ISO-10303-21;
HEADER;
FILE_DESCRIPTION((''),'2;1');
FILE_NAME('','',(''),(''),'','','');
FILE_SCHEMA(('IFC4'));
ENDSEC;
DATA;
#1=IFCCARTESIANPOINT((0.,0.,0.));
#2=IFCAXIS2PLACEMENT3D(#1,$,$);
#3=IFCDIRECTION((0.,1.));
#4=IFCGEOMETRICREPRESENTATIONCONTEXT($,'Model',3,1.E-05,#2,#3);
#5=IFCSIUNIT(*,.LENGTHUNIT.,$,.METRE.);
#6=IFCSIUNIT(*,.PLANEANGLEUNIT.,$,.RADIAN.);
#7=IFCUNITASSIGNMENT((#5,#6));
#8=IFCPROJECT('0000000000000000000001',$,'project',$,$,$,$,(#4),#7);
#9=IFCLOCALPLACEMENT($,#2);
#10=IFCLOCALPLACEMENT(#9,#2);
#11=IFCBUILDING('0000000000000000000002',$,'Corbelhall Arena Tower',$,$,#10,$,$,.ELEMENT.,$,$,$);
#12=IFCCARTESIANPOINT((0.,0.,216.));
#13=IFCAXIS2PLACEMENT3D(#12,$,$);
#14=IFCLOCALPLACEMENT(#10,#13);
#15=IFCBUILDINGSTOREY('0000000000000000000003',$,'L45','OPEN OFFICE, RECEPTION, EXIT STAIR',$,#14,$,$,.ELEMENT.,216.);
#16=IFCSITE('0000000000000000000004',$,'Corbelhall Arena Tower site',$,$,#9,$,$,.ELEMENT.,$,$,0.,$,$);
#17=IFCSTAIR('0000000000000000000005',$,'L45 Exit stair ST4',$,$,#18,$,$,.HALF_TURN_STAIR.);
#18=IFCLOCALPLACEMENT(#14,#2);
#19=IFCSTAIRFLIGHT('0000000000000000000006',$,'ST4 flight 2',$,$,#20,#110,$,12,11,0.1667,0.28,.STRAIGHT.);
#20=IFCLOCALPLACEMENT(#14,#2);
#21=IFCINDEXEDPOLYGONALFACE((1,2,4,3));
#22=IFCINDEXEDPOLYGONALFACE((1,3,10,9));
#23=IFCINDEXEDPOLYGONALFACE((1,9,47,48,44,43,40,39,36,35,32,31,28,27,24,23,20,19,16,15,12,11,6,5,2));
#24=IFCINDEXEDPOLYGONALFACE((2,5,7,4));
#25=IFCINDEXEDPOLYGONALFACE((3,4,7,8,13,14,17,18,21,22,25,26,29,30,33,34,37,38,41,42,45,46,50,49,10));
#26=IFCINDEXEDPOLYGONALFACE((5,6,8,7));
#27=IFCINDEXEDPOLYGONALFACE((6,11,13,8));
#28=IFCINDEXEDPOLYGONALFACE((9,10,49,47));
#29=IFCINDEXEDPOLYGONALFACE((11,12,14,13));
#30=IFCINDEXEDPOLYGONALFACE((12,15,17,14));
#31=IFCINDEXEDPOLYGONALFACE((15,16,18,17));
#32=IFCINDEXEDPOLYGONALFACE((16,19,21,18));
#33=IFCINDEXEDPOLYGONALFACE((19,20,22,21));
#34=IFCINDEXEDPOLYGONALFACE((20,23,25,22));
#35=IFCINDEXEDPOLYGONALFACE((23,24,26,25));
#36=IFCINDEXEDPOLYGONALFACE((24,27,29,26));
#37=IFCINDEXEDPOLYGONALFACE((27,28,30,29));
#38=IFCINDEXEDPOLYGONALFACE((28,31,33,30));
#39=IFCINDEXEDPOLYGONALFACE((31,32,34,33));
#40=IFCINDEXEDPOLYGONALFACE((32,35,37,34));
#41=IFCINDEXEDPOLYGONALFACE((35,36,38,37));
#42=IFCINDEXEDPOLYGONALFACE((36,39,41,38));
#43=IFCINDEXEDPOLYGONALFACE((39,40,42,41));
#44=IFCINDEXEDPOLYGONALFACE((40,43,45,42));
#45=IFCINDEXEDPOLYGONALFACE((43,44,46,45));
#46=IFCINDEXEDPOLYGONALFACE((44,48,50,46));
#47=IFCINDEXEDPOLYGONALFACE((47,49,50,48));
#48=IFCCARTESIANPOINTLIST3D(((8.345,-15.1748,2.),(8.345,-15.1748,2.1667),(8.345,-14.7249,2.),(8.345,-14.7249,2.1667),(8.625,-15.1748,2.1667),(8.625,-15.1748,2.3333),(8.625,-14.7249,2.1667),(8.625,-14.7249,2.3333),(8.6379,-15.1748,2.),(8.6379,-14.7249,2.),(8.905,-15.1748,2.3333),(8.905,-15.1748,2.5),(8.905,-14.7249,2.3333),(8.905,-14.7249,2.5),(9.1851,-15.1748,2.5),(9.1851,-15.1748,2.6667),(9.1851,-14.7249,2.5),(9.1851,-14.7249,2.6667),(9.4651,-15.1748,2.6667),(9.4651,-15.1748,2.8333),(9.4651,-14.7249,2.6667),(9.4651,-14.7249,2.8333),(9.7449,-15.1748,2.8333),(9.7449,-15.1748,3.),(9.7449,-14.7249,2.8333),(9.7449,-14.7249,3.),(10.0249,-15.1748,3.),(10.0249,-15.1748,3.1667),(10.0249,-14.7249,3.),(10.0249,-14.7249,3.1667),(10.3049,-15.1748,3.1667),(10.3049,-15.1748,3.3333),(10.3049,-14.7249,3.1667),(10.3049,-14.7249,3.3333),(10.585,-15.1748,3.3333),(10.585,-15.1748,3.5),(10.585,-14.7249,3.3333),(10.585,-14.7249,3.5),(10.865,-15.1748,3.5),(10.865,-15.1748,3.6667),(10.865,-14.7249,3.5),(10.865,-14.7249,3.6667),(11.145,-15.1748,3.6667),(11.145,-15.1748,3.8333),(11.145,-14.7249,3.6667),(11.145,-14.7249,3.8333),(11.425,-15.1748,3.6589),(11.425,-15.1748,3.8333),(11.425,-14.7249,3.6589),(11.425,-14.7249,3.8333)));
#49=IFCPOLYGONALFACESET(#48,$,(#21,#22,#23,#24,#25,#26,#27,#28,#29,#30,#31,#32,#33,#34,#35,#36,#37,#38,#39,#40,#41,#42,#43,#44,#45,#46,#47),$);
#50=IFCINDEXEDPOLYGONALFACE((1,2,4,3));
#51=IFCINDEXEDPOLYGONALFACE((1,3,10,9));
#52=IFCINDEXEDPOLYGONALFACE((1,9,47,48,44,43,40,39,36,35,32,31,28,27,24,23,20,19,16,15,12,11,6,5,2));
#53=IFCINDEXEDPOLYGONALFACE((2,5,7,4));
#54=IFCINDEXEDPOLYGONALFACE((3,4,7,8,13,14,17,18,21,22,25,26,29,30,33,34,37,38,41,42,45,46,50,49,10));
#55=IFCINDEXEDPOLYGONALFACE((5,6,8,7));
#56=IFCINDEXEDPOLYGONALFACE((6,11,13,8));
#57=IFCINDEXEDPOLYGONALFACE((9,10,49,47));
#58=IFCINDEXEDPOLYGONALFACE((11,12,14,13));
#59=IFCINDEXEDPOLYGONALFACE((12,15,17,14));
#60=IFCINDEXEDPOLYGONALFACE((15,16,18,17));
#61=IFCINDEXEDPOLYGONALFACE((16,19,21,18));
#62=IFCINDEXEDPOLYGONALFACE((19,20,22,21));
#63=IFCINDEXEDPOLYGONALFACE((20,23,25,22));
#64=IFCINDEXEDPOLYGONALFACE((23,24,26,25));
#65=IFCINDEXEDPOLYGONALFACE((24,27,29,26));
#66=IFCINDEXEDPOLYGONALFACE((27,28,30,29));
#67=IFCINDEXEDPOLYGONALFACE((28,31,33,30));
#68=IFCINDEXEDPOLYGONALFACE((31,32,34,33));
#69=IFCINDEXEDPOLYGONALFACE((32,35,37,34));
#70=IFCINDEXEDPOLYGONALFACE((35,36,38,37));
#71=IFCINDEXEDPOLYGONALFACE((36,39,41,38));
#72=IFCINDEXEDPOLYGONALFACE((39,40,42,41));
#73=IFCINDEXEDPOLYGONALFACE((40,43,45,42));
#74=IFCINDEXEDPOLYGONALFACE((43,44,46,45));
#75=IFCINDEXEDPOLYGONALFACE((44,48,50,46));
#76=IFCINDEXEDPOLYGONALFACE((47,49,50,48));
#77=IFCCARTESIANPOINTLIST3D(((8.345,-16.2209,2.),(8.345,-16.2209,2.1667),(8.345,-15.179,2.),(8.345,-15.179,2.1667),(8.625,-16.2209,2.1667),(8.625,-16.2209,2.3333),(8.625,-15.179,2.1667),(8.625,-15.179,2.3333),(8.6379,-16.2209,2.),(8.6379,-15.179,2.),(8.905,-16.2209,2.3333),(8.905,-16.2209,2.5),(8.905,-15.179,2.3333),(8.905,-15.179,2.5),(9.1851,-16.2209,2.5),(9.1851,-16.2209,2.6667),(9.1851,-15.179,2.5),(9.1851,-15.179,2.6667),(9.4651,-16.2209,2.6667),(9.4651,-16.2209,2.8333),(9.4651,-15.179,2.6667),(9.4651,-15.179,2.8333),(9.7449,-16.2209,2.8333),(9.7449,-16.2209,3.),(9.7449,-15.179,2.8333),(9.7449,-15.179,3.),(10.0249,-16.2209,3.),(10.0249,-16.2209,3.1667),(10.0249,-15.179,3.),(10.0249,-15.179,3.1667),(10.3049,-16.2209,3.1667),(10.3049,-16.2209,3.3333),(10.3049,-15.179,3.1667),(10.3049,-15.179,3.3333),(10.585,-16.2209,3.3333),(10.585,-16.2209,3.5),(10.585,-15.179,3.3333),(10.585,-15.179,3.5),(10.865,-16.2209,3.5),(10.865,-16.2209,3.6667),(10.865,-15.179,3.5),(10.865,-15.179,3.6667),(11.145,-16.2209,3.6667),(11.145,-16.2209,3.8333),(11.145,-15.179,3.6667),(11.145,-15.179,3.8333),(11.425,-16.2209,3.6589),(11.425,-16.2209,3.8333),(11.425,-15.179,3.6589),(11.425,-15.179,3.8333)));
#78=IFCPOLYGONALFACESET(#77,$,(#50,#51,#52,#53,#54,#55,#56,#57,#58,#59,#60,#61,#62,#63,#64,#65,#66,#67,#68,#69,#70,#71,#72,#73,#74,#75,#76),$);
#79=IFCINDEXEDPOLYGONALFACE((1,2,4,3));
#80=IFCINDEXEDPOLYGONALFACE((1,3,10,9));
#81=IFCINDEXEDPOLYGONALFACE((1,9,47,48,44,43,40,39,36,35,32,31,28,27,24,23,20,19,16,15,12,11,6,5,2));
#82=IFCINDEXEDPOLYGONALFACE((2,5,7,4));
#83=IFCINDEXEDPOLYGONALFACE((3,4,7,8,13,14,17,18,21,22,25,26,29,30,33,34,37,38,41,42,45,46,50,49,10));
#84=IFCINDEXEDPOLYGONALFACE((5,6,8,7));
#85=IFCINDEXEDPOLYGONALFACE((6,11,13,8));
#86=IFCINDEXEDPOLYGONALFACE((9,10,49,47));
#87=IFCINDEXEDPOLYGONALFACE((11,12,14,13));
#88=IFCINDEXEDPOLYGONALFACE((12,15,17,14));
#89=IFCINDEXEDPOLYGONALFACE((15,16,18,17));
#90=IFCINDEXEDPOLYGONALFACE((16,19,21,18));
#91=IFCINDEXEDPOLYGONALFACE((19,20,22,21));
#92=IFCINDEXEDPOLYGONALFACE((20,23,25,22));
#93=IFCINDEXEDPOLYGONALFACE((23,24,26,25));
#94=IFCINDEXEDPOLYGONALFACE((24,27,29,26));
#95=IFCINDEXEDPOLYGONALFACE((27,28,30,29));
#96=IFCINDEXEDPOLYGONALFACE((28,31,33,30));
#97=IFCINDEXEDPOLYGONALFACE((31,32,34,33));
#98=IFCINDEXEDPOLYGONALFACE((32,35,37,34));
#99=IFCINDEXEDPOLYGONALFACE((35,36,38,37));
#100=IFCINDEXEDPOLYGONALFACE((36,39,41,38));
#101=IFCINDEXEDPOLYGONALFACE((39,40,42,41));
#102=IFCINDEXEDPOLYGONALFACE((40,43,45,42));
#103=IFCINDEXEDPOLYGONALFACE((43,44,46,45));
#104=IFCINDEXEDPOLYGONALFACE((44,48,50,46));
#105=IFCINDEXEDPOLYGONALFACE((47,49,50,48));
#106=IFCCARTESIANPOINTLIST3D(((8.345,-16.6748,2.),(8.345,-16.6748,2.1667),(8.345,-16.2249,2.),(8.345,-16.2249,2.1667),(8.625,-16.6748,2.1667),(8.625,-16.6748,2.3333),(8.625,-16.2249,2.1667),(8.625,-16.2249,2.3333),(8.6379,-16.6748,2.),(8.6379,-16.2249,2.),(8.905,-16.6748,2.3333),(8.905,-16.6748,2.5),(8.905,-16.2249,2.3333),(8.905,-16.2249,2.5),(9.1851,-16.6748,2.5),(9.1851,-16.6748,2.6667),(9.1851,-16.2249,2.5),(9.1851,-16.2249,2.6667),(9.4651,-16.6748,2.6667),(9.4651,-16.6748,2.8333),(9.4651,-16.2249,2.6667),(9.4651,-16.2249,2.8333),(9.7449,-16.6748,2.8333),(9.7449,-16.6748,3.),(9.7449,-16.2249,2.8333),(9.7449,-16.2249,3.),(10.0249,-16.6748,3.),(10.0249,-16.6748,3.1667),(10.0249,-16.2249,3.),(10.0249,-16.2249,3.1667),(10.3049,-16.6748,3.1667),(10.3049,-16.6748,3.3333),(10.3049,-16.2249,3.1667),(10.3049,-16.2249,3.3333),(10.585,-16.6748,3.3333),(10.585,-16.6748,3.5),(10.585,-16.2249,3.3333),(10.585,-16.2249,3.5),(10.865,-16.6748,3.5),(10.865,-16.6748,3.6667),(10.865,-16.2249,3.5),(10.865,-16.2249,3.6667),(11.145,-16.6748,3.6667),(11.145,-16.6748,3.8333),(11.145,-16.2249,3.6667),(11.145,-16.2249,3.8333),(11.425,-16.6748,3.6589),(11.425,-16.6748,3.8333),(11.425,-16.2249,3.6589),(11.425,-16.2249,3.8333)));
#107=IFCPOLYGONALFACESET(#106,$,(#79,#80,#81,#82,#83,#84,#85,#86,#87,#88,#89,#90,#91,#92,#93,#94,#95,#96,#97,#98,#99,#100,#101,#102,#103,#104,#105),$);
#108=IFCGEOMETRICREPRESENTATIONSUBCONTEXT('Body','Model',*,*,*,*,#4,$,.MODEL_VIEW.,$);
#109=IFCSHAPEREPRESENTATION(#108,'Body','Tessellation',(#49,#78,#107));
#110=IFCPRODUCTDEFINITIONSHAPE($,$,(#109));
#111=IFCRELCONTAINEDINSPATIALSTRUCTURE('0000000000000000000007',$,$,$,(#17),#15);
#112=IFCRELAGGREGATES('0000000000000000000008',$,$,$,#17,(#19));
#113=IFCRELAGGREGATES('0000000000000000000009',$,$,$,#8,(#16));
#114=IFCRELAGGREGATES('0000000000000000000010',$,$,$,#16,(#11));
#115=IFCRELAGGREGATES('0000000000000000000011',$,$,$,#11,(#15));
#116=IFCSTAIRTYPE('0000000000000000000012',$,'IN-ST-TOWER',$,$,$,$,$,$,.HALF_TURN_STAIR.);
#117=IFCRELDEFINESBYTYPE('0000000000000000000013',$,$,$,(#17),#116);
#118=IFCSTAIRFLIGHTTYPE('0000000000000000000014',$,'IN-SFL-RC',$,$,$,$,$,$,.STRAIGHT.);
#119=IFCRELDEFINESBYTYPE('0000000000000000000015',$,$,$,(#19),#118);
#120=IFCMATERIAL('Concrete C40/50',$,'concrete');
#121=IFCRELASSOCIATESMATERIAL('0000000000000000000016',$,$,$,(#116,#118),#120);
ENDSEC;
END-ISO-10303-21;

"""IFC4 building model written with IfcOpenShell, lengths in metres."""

from ifc_helpers import new_model, si_unit, direction, frame, origin, place, context, subcontext, project, spatial, polyline, outline, extrude, material, type_object, element, aggregate, save


model = new_model("IFC4")

# Units and contexts
model_context = context("Model", 3, precision=1e-05, world=origin(), true_north=direction((0.0, 1.0)))
body_context = subcontext(model_context, "Body", "Model", "MODEL_VIEW")
ifc_project = project(units=[si_unit("LENGTHUNIT", "METRE"), si_unit("PLANEANGLEUNIT", "RADIAN")], contexts=[model_context])

# Site, building, storey
site_placement = place(None, origin())
site = spatial("IfcSite", under=ifc_project, at=site_placement, Name="Corbelhall Arena Tower site", CompositionType="ELEMENT", RefElevation=0.0)
building_placement = place(site_placement, origin())
building = spatial("IfcBuilding", under=site, at=building_placement, Name="Corbelhall Arena Tower", CompositionType="ELEMENT")
storey_placement = place(building_placement, frame((0.0, 0.0, 216.0)))
storey = spatial("IfcBuildingStorey", under=building, at=storey_placement, Name="L45", Description="OPEN OFFICE, RECEPTION, EXIT STAIR", CompositionType="ELEMENT", Elevation=216.0)

# Shared definitions
ifc_material_1 = material(Name="Concrete C40/50", Category="concrete")

# Stair, stair flight
stair_type = type_object("IfcStairType", Name="IN-ST-TOWER", PredefinedType="HALF_TURN_STAIR", material=ifc_material_1)
stair_placement = place(storey_placement, origin())
stair = element("IfcStair", 1, at=stair_placement, inside=storey, type_object=stair_type, Name="L45 Exit stair ST4", PredefinedType="HALF_TURN_STAIR")
stair_flight_type = type_object("IfcStairFlightType", Name="IN-SFL-RC", PredefinedType="STRAIGHT", material=ifc_material_1)
stair_flight_placement = place(storey_placement, frame((8.345, -15.7, 2.0), z_axis=(0.0, 0.0, 1.0), x_axis=(1.0, 0.0, 0.0)))
stair_flight = element("IfcStairFlight", 2, at=stair_flight_placement, type_object=stair_flight_type, Name="ST4 flight 2", NumberOfRisers=12, NumberOfTreads=11, PredefinedType="STRAIGHT", RiserHeight=0.1667, TreadLength=0.28, context=body_context, shape_type="SweptSolid", body=[
    extrude(outline(polyline([(0.0, 0.0), (0.0, 0.1667), (0.28, 0.1667), (0.28, 0.3333), (0.5601, 0.3333), (0.5601, 0.5), (0.8401, 0.5), (0.8401, 0.6667), (1.1201, 0.6667), (1.1201, 0.8333), (1.3999, 0.8333), (1.3999, 1.0), (1.6799, 1.0), (1.6799, 1.1667), (1.96, 1.1667), (1.96, 1.3333), (2.24, 1.3333), (2.24, 1.5), (2.52, 1.5), (2.52, 1.6667), (2.8, 1.6667), (2.8, 1.8333), (3.0801, 1.8333), (3.0801, 2.0), (3.0801, 1.6589), (0.293, 0.0), (0.0, 0.0)])), frame((0.0, 0.9751, 0.0), z_axis=(0.0, -1.0, 0.0), x_axis=(1.0, 0.0, 0.0)), (0.0, 0.0, 1.0), 0.45),
    extrude(outline(polyline([(0.0, 0.0), (0.0, 0.1667), (0.28, 0.1667), (0.28, 0.3333), (0.5601, 0.3333), (0.5601, 0.5), (0.8401, 0.5), (0.8401, 0.6667), (1.1201, 0.6667), (1.1201, 0.8333), (1.3999, 0.8333), (1.3999, 1.0), (1.6799, 1.0), (1.6799, 1.1667), (1.96, 1.1667), (1.96, 1.3333), (2.24, 1.3333), (2.24, 1.5), (2.52, 1.5), (2.52, 1.6667), (2.8, 1.6667), (2.8, 1.8333), (3.0801, 1.8333), (3.0801, 2.0), (3.0801, 1.6589), (0.293, 0.0), (0.0, 0.0)])), frame((0.0, 0.521, 0.0), z_axis=(0.0, -1.0, 0.0), x_axis=(1.0, 0.0, 0.0)), (0.0, 0.0, 1.0), 1.042),
    extrude(outline(polyline([(0.0, 0.0), (0.0, 0.1667), (0.28, 0.1667), (0.28, 0.3333), (0.5601, 0.3333), (0.5601, 0.5), (0.8401, 0.5), (0.8401, 0.6667), (1.1201, 0.6667), (1.1201, 0.8333), (1.3999, 0.8333), (1.3999, 1.0), (1.6799, 1.0), (1.6799, 1.1667), (1.96, 1.1667), (1.96, 1.3333), (2.24, 1.3333), (2.24, 1.5), (2.52, 1.5), (2.52, 1.6667), (2.8, 1.6667), (2.8, 1.8333), (3.0801, 1.8333), (3.0801, 2.0), (3.0801, 1.6589), (0.293, 0.0), (0.0, 0.0)])), frame((0.0, -0.5249, 0.0), z_axis=(0.0, -1.0, 0.0), x_axis=(1.0, 0.0, 0.0)), (0.0, 0.0, 1.0), 0.45),
])
aggregate(stair, [stair_flight])

save(model, "model.ifc")
